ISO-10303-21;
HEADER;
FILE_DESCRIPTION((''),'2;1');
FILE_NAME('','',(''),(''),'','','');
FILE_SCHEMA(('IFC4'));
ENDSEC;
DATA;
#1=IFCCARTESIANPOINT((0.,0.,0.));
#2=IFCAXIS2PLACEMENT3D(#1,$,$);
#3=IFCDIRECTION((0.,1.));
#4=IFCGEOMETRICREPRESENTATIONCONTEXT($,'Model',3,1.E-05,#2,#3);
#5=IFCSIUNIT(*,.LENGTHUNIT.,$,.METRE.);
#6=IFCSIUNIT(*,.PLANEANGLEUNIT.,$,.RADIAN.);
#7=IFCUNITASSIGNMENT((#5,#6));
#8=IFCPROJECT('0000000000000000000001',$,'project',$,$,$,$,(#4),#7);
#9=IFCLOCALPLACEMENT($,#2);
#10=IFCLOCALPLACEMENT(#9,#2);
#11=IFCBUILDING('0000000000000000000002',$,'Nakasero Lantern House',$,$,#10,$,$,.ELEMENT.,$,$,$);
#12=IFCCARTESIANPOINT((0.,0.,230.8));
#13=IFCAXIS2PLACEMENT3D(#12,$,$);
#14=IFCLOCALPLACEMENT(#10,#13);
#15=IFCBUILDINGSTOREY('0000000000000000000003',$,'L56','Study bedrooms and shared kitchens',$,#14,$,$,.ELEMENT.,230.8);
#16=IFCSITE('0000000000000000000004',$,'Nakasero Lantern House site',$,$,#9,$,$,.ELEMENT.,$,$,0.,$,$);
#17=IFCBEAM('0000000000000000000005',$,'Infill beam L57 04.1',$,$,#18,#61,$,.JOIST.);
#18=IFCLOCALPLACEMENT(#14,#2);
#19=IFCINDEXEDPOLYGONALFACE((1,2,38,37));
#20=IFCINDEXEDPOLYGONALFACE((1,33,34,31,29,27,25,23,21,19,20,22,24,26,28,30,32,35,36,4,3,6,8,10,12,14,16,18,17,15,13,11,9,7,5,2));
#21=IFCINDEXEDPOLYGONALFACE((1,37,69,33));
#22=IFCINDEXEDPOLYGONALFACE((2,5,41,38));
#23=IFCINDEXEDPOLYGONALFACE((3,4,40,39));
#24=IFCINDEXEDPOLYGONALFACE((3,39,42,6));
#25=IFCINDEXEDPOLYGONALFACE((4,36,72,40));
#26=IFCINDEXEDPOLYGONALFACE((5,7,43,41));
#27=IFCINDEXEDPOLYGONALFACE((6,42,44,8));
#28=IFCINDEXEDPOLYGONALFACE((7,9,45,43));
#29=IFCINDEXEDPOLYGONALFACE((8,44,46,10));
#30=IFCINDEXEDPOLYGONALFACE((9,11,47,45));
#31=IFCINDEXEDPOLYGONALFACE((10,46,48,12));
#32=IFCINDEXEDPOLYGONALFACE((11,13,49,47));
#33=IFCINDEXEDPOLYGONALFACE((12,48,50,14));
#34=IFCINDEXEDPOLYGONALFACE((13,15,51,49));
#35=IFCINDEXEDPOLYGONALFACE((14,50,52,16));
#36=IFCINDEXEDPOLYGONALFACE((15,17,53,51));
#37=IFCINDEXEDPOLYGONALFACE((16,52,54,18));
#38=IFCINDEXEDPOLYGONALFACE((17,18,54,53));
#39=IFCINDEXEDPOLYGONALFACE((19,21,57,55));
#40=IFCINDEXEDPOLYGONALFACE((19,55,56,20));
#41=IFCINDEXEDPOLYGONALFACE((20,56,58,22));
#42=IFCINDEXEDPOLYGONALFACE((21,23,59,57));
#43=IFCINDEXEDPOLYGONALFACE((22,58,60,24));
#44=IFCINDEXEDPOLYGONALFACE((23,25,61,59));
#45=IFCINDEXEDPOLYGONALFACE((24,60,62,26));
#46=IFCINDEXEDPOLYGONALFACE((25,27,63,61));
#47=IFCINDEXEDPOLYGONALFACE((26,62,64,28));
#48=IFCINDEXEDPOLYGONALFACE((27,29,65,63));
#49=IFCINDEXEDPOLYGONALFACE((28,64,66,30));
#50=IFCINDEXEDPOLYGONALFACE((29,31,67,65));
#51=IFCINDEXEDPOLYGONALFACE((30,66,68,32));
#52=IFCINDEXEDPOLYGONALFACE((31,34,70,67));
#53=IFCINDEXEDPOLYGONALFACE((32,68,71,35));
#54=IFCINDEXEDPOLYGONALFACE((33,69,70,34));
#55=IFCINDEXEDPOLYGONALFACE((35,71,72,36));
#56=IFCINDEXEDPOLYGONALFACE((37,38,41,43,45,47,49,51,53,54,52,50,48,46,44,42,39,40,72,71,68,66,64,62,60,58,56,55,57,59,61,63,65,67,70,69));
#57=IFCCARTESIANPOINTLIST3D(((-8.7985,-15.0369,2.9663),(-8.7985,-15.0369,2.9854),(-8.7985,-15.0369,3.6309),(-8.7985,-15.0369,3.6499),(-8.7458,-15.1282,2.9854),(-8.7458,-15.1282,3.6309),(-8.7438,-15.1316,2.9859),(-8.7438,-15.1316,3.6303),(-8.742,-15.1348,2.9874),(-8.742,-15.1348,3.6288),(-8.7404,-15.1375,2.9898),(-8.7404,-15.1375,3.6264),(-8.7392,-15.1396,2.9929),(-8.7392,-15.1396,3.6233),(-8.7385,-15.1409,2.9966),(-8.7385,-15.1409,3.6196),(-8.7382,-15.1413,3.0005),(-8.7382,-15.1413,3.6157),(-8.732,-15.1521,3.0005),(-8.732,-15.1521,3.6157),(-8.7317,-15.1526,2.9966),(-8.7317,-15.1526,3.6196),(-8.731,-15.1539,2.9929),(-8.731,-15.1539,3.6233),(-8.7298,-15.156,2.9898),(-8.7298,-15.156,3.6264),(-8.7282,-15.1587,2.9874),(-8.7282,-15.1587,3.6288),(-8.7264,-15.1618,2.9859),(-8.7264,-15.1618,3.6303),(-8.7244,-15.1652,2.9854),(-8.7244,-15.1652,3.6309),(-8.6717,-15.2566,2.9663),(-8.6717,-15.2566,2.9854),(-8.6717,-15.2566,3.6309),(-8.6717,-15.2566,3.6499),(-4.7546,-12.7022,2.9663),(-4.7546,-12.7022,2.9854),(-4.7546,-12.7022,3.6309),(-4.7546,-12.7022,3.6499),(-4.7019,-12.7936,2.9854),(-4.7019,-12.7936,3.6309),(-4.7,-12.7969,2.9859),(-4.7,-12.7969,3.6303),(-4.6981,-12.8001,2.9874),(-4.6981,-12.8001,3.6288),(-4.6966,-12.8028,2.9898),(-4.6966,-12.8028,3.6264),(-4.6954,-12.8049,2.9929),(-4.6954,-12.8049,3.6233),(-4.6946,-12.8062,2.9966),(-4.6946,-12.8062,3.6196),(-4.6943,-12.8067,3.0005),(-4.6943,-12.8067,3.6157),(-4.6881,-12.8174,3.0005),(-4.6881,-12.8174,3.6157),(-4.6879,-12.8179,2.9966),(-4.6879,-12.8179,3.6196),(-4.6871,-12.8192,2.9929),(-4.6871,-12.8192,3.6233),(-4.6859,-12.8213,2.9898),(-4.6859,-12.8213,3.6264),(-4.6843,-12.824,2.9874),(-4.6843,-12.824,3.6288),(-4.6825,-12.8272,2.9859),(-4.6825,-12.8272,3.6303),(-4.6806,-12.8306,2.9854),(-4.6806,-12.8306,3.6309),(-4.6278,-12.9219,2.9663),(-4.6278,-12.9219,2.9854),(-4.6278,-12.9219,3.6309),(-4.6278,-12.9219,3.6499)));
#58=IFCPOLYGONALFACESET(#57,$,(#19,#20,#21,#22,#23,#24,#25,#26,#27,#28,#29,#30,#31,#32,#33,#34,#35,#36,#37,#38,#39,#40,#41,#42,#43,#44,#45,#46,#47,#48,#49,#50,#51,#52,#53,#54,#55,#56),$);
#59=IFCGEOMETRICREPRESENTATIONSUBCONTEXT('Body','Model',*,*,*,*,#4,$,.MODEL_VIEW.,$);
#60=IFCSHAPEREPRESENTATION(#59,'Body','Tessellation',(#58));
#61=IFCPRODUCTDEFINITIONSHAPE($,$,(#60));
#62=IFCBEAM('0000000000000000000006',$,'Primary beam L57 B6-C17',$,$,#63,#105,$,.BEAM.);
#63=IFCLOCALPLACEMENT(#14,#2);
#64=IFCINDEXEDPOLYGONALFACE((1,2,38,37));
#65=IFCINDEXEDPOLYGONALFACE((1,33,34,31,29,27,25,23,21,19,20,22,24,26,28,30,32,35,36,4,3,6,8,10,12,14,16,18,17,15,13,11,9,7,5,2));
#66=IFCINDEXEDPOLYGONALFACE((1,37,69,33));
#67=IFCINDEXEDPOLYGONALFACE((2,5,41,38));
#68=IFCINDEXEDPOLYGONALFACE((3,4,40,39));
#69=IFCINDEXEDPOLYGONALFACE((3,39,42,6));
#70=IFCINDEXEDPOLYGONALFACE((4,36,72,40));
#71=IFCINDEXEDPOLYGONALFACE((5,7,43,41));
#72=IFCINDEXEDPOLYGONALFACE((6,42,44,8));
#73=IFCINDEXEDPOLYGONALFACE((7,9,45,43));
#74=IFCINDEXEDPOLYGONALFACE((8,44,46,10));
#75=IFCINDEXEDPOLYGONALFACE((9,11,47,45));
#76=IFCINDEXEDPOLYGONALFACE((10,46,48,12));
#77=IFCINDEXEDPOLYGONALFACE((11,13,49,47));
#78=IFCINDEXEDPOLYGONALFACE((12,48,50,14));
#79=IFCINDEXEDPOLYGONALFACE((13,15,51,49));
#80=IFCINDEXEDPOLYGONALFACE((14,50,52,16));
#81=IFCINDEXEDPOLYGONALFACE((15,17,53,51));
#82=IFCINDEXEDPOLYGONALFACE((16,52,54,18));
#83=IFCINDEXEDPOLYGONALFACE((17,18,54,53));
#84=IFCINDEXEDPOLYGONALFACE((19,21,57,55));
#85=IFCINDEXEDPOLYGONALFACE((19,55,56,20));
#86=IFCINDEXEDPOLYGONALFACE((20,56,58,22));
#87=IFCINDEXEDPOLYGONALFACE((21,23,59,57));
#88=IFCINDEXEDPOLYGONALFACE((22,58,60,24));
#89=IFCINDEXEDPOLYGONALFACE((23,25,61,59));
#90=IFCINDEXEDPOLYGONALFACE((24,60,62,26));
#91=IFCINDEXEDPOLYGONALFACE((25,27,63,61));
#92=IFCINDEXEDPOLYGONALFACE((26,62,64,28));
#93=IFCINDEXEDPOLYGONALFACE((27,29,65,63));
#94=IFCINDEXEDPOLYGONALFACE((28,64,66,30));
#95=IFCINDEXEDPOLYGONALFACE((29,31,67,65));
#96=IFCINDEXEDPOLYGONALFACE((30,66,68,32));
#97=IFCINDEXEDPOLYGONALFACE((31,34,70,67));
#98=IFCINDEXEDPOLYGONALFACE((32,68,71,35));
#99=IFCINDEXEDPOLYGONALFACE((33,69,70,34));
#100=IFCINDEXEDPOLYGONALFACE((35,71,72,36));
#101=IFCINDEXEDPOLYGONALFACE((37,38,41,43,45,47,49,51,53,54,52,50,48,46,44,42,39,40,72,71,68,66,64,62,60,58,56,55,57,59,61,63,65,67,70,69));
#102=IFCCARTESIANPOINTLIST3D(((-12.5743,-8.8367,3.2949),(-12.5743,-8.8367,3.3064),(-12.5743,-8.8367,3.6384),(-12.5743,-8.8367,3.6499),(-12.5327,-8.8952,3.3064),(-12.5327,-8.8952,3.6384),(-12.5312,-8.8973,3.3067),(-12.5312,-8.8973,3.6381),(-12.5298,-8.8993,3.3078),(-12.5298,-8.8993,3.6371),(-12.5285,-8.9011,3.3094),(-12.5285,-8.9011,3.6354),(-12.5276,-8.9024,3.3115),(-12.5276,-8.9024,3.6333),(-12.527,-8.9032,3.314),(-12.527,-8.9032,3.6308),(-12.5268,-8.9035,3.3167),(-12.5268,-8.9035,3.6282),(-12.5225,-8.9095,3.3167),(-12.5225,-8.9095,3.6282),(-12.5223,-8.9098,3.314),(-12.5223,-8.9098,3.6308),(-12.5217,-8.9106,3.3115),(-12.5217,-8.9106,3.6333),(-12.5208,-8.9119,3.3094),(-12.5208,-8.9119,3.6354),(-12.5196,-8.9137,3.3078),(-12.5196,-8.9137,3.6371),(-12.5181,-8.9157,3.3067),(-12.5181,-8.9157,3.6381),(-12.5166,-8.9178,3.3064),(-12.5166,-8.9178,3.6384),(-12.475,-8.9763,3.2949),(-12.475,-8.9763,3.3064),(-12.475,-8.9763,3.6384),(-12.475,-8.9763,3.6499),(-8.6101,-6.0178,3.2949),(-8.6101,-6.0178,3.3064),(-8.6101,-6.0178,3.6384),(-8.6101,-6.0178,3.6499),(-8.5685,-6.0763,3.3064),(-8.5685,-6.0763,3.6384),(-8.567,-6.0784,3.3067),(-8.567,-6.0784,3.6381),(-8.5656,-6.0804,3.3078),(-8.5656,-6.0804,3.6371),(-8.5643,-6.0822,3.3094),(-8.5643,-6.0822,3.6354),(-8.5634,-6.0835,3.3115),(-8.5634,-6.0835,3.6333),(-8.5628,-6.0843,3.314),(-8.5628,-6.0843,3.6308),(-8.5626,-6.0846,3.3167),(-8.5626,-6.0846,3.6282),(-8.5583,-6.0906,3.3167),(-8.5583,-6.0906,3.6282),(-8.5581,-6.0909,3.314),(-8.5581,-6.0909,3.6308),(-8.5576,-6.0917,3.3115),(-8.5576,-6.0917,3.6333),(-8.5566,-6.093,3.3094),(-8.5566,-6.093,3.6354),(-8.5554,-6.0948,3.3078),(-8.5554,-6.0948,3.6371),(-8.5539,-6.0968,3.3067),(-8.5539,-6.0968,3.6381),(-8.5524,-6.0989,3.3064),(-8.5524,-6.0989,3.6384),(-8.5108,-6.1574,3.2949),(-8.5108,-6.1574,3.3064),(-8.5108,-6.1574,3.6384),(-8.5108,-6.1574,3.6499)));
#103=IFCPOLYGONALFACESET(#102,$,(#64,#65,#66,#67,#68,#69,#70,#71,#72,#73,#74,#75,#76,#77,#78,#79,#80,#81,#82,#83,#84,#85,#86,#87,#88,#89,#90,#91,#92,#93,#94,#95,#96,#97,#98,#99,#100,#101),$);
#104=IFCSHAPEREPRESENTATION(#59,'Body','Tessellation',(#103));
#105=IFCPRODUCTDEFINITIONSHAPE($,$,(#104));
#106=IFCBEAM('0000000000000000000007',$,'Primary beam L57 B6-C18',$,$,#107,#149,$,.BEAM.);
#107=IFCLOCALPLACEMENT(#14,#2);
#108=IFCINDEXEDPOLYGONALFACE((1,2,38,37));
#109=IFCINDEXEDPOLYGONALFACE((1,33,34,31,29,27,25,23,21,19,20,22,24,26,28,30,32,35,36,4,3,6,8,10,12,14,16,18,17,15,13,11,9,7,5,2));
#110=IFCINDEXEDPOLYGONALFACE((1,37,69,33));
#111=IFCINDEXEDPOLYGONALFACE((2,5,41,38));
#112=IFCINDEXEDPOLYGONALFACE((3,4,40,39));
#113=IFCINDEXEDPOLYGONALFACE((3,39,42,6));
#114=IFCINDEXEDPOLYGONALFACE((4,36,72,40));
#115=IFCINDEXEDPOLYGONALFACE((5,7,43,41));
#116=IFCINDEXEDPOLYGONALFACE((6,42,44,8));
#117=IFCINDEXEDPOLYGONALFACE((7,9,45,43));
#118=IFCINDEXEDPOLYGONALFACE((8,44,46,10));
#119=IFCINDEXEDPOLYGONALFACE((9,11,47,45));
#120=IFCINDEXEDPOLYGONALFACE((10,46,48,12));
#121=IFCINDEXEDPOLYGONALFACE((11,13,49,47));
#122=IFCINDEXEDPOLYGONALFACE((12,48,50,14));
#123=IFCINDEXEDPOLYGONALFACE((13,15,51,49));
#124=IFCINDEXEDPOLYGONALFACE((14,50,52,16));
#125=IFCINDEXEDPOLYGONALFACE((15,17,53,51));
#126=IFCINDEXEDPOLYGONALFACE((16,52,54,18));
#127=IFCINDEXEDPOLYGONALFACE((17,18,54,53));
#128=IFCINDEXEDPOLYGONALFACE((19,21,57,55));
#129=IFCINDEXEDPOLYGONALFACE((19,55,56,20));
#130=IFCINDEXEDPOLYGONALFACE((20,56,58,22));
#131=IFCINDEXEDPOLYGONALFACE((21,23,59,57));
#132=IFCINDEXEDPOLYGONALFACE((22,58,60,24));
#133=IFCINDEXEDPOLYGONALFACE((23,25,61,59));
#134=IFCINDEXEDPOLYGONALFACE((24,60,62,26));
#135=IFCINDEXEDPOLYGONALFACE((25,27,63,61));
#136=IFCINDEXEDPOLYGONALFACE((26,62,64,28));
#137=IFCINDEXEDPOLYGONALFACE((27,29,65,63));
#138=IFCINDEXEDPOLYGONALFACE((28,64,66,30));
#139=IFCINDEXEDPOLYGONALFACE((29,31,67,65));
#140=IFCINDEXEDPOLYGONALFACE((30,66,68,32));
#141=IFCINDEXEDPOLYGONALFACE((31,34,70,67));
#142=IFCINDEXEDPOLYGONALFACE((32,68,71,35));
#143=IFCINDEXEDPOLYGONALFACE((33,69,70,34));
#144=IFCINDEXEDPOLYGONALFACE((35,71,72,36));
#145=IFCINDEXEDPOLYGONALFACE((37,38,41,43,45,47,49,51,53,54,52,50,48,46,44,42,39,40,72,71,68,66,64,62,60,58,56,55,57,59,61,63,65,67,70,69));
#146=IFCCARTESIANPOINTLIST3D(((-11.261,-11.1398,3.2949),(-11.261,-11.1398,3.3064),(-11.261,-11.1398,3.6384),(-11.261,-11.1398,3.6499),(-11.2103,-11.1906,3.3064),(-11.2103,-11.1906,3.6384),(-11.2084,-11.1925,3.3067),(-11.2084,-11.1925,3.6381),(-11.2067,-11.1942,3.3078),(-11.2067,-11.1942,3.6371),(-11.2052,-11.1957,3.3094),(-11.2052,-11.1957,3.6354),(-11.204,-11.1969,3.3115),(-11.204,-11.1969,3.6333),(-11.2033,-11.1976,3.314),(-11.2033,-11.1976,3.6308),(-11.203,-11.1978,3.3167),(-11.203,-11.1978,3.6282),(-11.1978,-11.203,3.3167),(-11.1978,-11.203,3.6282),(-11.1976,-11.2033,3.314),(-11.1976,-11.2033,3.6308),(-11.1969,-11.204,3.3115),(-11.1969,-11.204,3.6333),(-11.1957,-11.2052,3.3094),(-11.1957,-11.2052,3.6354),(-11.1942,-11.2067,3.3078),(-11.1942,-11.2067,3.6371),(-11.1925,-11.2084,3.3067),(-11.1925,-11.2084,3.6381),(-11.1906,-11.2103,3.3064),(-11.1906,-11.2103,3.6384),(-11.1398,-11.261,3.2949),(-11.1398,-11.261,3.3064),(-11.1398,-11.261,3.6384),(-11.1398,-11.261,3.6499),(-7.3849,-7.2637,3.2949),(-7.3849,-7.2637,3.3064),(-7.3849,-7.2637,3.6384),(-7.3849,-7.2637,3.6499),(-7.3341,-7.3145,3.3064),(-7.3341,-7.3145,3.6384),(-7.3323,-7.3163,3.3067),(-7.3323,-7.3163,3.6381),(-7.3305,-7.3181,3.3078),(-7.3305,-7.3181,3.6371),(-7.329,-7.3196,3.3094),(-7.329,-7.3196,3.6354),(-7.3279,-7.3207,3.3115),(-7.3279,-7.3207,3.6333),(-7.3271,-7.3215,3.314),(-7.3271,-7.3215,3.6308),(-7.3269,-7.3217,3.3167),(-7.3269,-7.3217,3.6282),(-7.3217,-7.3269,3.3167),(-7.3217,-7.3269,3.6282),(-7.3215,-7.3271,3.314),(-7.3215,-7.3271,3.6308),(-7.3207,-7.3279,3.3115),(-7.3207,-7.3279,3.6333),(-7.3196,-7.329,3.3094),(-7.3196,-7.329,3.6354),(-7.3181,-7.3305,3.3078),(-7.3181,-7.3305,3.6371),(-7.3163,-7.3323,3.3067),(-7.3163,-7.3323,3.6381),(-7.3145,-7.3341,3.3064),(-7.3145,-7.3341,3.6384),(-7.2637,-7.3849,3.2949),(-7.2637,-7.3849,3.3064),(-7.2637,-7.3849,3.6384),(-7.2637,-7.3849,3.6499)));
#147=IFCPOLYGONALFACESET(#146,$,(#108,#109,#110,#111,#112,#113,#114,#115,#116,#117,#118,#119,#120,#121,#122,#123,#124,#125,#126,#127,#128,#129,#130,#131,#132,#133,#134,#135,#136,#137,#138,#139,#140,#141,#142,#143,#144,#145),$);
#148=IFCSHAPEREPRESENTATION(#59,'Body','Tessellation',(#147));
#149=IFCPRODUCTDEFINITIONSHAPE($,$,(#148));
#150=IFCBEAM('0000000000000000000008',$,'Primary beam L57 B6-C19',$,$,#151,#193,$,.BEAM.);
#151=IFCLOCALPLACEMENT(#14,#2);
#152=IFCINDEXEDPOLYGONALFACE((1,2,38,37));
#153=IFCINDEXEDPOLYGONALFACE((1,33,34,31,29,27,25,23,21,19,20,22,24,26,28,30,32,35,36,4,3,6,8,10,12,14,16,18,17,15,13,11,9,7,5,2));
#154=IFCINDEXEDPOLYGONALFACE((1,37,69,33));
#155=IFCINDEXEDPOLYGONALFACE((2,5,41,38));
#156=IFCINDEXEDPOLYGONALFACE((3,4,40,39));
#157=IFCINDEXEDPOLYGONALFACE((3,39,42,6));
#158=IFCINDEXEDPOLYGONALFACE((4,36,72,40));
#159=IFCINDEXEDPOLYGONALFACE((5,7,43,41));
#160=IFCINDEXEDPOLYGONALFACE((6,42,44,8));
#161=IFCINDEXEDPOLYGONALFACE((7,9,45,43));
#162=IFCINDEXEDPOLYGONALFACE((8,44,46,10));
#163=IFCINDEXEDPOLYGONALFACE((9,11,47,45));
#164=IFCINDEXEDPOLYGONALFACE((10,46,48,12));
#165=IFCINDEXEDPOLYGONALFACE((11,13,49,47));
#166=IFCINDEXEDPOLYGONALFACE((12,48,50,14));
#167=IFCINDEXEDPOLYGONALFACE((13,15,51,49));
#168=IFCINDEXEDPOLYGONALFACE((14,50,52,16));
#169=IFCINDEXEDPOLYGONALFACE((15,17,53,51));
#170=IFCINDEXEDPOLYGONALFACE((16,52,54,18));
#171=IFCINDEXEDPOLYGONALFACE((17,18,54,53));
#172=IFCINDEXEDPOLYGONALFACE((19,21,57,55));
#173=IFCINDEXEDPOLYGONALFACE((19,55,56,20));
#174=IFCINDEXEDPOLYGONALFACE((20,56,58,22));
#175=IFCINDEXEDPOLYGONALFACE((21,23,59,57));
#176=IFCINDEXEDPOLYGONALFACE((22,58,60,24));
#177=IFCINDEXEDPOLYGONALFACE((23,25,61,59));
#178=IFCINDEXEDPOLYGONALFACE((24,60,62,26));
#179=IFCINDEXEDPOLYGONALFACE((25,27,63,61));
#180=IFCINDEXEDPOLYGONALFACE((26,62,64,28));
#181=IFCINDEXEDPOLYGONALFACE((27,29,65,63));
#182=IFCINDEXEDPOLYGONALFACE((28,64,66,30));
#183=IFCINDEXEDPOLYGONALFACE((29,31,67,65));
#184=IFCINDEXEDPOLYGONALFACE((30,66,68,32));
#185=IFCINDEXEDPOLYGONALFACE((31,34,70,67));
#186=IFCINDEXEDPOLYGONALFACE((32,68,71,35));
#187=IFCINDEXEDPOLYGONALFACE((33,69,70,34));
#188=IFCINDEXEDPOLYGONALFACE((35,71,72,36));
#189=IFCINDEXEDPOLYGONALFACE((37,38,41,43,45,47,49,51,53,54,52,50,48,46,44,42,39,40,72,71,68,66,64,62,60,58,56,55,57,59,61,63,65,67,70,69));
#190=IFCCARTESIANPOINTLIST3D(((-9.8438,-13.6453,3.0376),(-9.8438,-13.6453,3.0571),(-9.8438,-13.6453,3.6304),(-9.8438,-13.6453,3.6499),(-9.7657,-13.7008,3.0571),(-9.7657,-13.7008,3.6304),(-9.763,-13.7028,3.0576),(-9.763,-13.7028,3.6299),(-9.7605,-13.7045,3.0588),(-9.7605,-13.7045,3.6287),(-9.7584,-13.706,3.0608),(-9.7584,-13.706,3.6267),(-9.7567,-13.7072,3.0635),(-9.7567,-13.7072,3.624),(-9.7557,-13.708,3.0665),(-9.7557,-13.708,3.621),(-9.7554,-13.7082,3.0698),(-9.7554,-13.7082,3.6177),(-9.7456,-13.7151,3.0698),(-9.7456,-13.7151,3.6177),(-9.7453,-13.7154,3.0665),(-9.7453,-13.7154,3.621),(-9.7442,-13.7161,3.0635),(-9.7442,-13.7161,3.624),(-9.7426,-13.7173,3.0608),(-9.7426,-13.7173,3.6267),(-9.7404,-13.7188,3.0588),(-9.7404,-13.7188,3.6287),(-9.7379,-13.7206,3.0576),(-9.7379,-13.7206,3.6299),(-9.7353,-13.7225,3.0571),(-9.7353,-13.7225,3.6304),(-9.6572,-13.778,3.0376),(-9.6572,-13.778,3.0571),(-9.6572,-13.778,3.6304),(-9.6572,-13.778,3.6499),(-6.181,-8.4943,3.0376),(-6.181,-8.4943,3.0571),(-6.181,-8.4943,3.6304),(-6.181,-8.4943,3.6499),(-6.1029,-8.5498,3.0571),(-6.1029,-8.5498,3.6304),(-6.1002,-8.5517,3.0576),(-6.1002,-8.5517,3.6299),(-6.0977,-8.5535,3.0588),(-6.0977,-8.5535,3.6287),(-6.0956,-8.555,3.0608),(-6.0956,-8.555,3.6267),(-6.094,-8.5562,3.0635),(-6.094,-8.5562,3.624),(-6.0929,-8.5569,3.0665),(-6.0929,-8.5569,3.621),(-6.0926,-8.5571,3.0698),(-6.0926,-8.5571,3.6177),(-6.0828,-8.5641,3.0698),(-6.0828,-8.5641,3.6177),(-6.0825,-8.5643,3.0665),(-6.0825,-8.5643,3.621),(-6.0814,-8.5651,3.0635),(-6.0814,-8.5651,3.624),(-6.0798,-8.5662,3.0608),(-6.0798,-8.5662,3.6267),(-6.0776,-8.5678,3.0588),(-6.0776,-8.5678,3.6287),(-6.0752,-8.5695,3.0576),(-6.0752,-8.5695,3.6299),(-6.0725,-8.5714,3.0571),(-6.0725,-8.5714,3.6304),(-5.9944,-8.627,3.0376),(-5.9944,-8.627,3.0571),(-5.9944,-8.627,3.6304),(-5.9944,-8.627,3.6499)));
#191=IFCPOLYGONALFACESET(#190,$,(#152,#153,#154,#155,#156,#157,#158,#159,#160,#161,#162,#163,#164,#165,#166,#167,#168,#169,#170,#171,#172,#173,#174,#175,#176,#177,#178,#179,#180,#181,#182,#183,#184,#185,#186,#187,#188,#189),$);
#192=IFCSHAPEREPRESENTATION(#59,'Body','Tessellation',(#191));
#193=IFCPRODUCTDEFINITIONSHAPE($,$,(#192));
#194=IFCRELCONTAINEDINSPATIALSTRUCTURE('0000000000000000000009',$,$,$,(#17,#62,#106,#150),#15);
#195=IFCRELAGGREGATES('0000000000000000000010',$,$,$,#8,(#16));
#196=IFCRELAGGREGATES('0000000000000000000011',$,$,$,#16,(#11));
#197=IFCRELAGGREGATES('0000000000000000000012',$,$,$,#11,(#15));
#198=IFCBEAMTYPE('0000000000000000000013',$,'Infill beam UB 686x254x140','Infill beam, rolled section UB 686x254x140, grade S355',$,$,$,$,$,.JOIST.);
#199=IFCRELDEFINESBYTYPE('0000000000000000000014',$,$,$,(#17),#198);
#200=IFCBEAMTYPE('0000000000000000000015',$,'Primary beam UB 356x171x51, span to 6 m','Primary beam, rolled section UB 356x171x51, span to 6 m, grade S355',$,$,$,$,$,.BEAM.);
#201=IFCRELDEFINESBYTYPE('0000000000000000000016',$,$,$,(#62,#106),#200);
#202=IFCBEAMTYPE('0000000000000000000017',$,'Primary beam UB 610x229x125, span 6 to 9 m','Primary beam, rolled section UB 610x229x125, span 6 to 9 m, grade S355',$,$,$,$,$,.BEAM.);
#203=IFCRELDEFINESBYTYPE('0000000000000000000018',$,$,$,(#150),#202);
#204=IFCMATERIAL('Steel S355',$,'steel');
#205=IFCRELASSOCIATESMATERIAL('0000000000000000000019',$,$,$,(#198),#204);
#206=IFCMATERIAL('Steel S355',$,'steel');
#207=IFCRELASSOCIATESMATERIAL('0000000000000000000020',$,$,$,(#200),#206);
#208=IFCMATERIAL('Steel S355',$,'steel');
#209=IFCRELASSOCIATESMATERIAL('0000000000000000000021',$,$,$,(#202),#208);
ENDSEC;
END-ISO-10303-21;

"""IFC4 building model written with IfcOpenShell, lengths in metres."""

from ifc_helpers import new_model, si_unit, direction, frame, origin, origin_2d, place, context, subcontext, project, spatial, i_section, extrude, material, material_profile, profile_set, type_object, element, save


model = new_model("IFC4")

# Units and contexts
model_context = context("Model", 3, precision=1e-05, world=origin(), true_north=direction((0.0, 1.0)))
body_context = subcontext(model_context, "Body", "Model", "MODEL_VIEW")
ifc_project = project(units=[si_unit("LENGTHUNIT", "METRE"), si_unit("PLANEANGLEUNIT", "RADIAN")], contexts=[model_context])

# Site, building, storey
site_placement = place(None, origin())
site = spatial("IfcSite", under=ifc_project, at=site_placement, Name="Nakasero Lantern House site", CompositionType="ELEMENT", RefElevation=0.0)
building_placement = place(site_placement, origin())
building = spatial("IfcBuilding", under=site, at=building_placement, Name="Nakasero Lantern House", CompositionType="ELEMENT")
storey_placement = place(building_placement, frame((0.0, 0.0, 230.8)))
storey = spatial("IfcBuildingStorey", under=building, at=storey_placement, Name="L56", Description="Study bedrooms and shared kitchens", CompositionType="ELEMENT", Elevation=230.8)

# Beams
ifc_material_1 = material(Name="Steel S355", Category="steel")
ifc_material_profile_1 = material_profile(ifc_material_1, i_section(OverallWidth=0.2537, OverallDepth=0.6836, WebThickness=0.0125, FlangeThickness=0.019, FilletRadius=0.0151, at=origin_2d()), Name="UB 686x254x140")
ifc_profile_set_1 = profile_set([ifc_material_profile_1], Name="Steel S355")
beam_type_1 = type_object("IfcBeamType", Name="Infill beam UB 686x254x140", Description="Infill beam, rolled section UB 686x254x140, grade S355", PredefinedType="JOIST", material=ifc_profile_set_1)
beam_1_placement = place(storey_placement, frame((-8.7351, -15.1467, 3.3081), z_axis=(0.866031, 0.499991, 0.0), x_axis=(-0.499991, 0.866031, 0.0)))
element("IfcBeam", 1, at=beam_1_placement, inside=storey, type_object=beam_type_1, Name="Infill beam L57 04.1", PredefinedType="JOIST", context=body_context, shape_type="SweptSolid", body=[
    extrude(i_section(OverallWidth=0.2537, OverallDepth=0.6836, WebThickness=0.0125, FlangeThickness=0.019, FilletRadius=0.0151, at=origin_2d()), origin(), (0.0, 0.0, 1.0), 4.6694),
])
ifc_material_2 = material(Name="Steel S355", Category="steel")
ifc_material_profile_2 = material_profile(ifc_material_2, i_section(OverallWidth=0.1714, OverallDepth=0.355, WebThickness=0.0073, FlangeThickness=0.0115, FilletRadius=0.0103, at=origin_2d()), Name="UB 356x171x51")
ifc_profile_set_2 = profile_set([ifc_material_profile_2], Name="Steel S355")
beam_type_2 = type_object("IfcBeamType", Name="Primary beam UB 356x171x51, span to 6 m", Description="Primary beam, rolled section UB 356x171x51, span to 6 m, grade S355", PredefinedType="BEAM", material=ifc_profile_set_2)
beam_2_placement = place(storey_placement, frame((-12.5247, -8.9065, 3.4724), z_axis=(0.814963, 0.579513, 0.0), x_axis=(-0.579513, 0.814963, 0.0)))
element("IfcBeam", 2, at=beam_2_placement, inside=storey, type_object=beam_type_2, Name="Primary beam L57 B6-C17", PredefinedType="BEAM", context=body_context, shape_type="SweptSolid", body=[
    extrude(i_section(OverallWidth=0.1714, OverallDepth=0.355, WebThickness=0.0073, FlangeThickness=0.0115, FilletRadius=0.0103, at=origin_2d()), origin(), (0.0, 0.0, 1.0), 4.8643),
])
beam_3_placement = place(storey_placement, frame((-11.2004, -11.2004, 3.4724), z_axis=(0.707107, 0.707107, 0.0), x_axis=(-0.707107, 0.707107, 0.0)))
element("IfcBeam", 3, at=beam_3_placement, inside=storey, type_object=beam_type_2, Name="Primary beam L57 B6-C18", PredefinedType="BEAM", context=body_context, shape_type="SweptSolid", body=[
    extrude(i_section(OverallWidth=0.1714, OverallDepth=0.355, WebThickness=0.0073, FlangeThickness=0.0115, FilletRadius=0.0103, at=origin_2d()), origin(), (0.0, 0.0, 1.0), 5.4817),
])
ifc_material_3 = material(Name="Steel S355", Category="steel")
ifc_material_profile_3 = material_profile(ifc_material_3, i_section(OverallWidth=0.229, OverallDepth=0.6123, WebThickness=0.012, FlangeThickness=0.0195, FilletRadius=0.0127, at=origin_2d()), Name="UB 610x229x125")
ifc_profile_set_3 = profile_set([ifc_material_profile_3], Name="Steel S355")
beam_type_3 = type_object("IfcBeamType", Name="Primary beam UB 610x229x125, span 6 to 9 m", Description="Primary beam, rolled section UB 610x229x125, span 6 to 9 m, grade S355", PredefinedType="BEAM", material=ifc_profile_set_3)
beam_4_placement = place(storey_placement, frame((-9.7505, -13.7117, 3.3438), z_axis=(0.579505, 0.814969, 0.0), x_axis=(-0.814969, 0.579505, 0.0)))
element("IfcBeam", 4, at=beam_4_placement, inside=storey, type_object=beam_type_3, Name="Primary beam L57 B6-C19", PredefinedType="BEAM", context=body_context, shape_type="SweptSolid", body=[
    extrude(i_section(OverallWidth=0.229, OverallDepth=0.6123, WebThickness=0.012, FlangeThickness=0.0195, FilletRadius=0.0127, at=origin_2d()), origin(), (0.0, 0.0, 1.0), 6.3206),
])

save(model, "model.ifc")
